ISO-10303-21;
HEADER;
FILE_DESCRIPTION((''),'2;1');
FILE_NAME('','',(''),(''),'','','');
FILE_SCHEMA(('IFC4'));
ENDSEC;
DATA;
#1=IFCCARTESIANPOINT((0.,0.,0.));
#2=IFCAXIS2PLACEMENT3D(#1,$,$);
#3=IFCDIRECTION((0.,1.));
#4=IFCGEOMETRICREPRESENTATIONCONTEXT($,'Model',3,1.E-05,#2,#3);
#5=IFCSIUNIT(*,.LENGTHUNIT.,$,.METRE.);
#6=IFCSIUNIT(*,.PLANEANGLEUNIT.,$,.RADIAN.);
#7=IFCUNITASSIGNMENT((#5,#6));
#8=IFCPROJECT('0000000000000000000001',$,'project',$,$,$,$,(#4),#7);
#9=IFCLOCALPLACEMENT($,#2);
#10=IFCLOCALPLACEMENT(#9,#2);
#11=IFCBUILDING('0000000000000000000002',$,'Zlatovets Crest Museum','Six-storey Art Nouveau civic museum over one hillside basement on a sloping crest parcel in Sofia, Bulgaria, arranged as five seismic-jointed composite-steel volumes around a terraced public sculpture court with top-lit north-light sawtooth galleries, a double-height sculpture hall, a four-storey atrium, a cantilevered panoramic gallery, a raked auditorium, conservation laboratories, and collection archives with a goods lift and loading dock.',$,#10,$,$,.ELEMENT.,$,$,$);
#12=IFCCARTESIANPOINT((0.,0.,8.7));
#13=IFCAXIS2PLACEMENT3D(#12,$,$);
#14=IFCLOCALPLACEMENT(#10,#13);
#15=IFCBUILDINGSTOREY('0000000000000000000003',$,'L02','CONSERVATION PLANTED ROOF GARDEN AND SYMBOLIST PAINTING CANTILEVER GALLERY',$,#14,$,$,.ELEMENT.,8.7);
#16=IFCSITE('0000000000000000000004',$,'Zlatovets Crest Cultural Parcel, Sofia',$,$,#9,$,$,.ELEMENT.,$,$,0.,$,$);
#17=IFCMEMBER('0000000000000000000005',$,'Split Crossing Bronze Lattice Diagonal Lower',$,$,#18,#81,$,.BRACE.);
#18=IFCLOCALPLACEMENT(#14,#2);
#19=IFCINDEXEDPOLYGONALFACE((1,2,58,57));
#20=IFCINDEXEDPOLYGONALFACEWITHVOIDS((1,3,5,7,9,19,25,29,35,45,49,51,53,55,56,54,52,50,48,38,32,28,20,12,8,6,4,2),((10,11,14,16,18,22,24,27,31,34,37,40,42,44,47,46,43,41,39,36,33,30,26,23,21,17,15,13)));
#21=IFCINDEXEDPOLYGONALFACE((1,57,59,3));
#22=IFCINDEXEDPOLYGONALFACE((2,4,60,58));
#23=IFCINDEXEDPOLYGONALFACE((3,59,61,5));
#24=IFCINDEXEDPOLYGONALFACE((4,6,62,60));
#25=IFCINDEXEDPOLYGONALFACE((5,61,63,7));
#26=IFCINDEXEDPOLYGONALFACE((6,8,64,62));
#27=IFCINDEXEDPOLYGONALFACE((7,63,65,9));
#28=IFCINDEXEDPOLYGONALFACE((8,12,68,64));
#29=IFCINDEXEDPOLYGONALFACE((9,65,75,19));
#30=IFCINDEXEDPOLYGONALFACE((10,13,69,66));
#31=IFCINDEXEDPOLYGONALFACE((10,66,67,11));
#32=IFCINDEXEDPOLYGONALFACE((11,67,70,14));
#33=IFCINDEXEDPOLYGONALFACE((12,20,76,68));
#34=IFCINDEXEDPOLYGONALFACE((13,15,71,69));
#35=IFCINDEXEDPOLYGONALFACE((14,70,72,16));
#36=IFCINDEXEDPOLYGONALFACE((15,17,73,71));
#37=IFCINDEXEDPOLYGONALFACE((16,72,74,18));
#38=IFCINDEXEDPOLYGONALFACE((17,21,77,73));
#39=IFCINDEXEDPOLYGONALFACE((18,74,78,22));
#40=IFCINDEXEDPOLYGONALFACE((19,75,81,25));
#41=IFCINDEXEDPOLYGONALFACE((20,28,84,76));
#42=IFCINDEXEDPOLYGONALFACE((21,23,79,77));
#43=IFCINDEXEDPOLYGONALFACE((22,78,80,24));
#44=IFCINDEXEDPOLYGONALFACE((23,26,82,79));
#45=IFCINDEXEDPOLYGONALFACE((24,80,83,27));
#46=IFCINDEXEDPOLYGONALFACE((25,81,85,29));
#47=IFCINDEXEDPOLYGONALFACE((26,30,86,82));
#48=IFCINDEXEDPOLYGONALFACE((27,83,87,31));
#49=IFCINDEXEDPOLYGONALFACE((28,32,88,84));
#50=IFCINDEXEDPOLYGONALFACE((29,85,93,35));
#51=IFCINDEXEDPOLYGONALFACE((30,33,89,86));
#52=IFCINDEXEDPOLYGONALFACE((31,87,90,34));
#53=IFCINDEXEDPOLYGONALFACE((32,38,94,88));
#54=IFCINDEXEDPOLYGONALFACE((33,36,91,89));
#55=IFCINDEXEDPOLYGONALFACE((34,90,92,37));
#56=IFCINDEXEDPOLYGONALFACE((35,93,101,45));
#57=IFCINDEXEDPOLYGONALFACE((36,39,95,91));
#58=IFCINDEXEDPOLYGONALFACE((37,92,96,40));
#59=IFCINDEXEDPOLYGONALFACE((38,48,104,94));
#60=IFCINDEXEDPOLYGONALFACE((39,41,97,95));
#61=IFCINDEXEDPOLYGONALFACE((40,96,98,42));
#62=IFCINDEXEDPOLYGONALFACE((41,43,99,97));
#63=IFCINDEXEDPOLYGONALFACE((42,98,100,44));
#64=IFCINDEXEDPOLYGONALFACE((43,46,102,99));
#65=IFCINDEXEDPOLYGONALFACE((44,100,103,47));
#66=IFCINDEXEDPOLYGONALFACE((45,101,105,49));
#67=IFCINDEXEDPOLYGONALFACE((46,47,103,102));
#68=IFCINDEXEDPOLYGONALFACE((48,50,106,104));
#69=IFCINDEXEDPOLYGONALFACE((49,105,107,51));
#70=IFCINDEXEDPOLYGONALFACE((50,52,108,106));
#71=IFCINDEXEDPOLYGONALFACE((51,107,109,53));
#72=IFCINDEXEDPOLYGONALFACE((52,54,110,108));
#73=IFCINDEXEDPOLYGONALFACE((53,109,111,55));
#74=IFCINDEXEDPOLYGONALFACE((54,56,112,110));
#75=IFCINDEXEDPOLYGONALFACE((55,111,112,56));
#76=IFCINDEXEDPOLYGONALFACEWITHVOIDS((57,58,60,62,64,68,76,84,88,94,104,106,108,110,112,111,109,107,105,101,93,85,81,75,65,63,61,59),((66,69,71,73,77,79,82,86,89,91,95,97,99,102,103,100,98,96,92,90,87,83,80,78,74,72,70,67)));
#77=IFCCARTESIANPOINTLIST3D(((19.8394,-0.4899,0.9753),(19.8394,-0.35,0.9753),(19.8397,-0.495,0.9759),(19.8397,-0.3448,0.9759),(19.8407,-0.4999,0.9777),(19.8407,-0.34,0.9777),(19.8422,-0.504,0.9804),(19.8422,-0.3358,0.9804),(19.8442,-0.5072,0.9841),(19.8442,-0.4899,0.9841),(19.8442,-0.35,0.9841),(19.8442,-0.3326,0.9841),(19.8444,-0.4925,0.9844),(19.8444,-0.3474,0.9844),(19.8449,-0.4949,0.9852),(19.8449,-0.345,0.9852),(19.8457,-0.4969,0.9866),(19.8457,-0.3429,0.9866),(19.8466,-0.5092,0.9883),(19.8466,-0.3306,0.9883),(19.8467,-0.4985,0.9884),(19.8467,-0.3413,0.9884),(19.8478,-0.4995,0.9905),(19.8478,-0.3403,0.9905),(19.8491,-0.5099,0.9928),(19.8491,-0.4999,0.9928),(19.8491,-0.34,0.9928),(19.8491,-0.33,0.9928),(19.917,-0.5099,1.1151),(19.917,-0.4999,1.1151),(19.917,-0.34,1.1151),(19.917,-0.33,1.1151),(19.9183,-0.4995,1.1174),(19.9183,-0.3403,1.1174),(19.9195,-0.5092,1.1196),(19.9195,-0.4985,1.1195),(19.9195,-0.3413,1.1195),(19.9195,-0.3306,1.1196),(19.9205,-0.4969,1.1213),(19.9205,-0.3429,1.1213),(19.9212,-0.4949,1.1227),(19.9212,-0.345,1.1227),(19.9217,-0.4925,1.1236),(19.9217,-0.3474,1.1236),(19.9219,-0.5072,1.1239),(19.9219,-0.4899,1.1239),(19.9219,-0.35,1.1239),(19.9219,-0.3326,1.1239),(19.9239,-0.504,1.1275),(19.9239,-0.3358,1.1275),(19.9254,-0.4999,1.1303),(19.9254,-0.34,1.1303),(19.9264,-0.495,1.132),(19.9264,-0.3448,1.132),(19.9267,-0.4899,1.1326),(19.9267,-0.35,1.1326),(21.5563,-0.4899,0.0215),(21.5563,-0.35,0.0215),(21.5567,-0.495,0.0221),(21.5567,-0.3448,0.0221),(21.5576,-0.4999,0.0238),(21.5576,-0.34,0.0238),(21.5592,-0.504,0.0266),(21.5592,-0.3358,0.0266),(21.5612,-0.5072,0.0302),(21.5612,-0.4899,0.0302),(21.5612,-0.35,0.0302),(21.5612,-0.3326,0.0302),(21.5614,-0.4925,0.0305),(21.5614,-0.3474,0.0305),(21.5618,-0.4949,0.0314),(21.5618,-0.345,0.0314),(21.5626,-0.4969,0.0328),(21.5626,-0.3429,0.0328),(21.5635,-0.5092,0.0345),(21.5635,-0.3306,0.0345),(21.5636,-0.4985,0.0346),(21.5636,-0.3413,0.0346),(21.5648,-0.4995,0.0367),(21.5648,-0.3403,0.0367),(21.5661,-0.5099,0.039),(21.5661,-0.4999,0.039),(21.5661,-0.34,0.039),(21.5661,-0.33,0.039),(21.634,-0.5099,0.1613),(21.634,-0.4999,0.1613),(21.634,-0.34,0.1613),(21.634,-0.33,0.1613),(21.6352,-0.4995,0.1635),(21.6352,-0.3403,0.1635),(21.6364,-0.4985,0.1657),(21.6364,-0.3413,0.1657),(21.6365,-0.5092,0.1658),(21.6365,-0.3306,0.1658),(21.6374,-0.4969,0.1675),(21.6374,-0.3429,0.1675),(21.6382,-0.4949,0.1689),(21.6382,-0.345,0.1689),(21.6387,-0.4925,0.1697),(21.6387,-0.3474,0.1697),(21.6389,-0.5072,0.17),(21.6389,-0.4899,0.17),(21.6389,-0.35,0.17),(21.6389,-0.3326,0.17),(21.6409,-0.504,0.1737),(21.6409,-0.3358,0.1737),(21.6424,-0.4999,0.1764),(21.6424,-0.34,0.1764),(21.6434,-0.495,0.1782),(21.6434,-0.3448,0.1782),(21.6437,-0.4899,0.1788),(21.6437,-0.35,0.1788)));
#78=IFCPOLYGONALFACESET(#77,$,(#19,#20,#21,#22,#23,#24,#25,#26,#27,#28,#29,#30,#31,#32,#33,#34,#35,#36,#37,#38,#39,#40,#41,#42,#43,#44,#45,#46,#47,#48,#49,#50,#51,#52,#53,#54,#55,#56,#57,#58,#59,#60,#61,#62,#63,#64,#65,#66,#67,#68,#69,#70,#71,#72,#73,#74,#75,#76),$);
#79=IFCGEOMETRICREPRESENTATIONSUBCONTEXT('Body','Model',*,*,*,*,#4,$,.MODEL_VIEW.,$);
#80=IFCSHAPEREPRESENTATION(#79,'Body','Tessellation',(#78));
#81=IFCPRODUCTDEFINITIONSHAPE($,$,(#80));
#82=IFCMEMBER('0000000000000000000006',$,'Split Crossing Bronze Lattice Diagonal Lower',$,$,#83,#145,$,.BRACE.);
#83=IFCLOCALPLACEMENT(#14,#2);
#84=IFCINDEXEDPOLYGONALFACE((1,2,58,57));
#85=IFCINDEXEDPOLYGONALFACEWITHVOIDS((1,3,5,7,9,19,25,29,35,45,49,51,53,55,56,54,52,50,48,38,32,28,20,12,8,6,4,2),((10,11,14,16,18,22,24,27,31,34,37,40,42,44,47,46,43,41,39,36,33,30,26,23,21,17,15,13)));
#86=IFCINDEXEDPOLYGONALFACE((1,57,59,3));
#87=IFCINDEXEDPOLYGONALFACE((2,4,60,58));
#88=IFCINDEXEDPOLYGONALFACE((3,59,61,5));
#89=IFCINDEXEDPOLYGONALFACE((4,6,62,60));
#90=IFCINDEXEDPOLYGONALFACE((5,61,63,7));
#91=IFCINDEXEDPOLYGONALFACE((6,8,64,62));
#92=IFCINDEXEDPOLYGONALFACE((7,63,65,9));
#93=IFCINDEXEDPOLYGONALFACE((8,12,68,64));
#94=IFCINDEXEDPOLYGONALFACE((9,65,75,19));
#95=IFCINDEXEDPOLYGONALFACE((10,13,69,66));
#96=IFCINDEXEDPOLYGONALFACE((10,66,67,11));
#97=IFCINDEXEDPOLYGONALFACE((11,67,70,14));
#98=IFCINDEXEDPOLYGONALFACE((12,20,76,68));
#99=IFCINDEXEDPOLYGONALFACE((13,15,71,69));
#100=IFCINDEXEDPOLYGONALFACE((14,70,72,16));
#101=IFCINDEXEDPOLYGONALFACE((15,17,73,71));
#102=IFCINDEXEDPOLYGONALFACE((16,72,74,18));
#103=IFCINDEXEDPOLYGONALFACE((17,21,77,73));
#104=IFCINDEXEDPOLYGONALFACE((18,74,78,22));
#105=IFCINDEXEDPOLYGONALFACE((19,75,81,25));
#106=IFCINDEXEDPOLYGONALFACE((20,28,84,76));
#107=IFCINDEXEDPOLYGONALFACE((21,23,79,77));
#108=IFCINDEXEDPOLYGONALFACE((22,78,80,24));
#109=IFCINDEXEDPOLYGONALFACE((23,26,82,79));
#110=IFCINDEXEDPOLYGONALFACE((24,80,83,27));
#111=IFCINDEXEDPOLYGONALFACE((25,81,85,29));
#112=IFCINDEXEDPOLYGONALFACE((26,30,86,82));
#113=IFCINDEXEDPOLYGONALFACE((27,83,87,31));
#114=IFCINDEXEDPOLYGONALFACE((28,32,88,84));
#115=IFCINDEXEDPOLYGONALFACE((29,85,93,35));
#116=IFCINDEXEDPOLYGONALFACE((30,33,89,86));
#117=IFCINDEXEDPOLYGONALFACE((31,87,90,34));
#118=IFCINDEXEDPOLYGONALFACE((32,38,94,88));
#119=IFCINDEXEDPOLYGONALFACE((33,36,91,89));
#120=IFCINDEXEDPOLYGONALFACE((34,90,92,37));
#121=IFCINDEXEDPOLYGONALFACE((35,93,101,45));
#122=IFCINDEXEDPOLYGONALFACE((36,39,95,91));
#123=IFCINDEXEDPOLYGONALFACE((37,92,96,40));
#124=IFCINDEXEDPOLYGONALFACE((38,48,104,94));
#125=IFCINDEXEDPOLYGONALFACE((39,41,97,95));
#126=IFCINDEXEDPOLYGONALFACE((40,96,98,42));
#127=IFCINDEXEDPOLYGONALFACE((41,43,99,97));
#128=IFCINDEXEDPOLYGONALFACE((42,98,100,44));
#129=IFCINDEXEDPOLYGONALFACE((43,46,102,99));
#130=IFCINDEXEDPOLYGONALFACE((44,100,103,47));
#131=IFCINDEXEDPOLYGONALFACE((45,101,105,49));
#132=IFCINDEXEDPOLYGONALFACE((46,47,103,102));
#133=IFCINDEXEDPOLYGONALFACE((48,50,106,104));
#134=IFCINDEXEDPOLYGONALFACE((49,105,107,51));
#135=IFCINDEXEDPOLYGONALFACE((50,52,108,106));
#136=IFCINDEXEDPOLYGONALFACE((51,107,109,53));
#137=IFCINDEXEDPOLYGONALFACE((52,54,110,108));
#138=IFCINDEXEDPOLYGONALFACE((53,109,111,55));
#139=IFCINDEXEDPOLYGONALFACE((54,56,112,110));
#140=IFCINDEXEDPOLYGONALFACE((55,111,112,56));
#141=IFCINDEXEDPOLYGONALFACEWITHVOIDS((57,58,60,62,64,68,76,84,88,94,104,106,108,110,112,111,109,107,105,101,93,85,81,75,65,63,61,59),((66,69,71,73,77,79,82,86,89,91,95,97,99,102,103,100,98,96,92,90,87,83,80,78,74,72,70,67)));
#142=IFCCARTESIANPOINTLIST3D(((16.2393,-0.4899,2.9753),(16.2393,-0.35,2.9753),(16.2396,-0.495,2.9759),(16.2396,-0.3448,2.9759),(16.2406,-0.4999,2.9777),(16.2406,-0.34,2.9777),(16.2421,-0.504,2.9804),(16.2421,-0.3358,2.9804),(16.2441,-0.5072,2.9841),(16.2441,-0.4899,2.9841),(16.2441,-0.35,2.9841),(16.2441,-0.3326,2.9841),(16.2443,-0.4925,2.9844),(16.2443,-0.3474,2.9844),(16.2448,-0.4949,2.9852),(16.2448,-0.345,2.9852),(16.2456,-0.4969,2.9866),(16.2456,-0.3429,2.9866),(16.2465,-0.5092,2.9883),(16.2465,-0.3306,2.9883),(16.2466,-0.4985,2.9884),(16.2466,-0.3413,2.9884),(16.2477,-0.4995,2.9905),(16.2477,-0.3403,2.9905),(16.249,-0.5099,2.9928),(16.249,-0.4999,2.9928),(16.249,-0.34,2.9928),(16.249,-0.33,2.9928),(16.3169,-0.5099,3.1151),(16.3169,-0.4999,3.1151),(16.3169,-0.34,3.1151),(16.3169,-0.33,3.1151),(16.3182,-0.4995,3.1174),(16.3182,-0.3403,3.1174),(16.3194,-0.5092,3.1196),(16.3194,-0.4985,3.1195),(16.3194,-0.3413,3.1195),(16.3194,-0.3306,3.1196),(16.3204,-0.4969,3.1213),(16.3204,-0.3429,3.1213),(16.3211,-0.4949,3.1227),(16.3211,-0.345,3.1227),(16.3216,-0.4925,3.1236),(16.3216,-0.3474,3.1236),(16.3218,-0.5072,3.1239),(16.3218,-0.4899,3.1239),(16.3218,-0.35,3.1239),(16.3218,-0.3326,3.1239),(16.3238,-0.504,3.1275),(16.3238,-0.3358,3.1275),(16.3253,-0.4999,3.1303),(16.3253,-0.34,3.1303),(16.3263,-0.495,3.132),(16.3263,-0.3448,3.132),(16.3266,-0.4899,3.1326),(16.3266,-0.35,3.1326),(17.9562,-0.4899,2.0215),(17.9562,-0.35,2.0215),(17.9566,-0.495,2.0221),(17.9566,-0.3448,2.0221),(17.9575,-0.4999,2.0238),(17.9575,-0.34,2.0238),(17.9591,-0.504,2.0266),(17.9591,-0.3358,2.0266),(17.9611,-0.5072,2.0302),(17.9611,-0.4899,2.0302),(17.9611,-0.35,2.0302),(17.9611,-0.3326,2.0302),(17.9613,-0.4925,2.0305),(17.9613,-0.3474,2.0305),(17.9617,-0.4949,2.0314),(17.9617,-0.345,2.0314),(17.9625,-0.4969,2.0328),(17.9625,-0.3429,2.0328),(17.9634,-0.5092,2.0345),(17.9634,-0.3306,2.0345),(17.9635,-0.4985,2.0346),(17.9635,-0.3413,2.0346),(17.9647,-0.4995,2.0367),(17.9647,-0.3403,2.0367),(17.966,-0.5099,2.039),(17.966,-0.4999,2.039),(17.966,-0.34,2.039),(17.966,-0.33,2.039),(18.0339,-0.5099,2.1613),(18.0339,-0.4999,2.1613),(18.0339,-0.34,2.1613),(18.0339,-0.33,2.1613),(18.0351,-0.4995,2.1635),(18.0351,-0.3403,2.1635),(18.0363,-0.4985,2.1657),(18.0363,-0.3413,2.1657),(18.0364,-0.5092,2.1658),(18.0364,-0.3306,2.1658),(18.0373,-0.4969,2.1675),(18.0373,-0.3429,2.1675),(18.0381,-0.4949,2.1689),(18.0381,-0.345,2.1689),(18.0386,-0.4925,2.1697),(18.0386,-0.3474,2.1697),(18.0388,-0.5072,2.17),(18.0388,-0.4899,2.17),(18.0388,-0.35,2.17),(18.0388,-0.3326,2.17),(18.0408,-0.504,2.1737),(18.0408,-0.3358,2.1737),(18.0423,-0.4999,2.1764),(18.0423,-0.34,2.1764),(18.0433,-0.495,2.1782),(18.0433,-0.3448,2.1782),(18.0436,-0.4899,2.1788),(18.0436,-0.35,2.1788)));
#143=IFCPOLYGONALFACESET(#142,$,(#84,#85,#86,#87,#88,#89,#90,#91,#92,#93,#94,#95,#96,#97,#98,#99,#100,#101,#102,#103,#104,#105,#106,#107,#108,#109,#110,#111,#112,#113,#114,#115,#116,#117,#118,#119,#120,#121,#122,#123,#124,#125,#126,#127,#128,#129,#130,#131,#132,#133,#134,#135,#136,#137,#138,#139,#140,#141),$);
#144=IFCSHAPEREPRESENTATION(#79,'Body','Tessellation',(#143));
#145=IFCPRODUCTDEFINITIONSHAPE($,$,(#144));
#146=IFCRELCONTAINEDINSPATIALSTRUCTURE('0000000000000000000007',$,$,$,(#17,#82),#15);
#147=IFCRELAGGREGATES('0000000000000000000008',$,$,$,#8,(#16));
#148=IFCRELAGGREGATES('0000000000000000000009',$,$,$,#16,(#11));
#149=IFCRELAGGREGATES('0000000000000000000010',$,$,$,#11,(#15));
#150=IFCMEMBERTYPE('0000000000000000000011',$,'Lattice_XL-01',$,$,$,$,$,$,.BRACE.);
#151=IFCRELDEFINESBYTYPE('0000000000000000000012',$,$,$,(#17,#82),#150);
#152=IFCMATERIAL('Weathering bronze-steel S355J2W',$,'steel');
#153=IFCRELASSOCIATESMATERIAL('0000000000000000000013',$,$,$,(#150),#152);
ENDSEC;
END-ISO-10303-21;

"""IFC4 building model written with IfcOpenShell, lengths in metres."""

from ifc_helpers import new_model, si_unit, direction, frame, origin, origin_2d, place, context, subcontext, project, spatial, hollow_rectangle, extrude, material, material_profile, profile_set, type_object, element, save


model = new_model("IFC4")

# Units and contexts
model_context = context("Model", 3, precision=1e-05, world=origin(), true_north=direction((0.0, 1.0)))
body_context = subcontext(model_context, "Body", "Model", "MODEL_VIEW")
ifc_project = project(units=[si_unit("LENGTHUNIT", "METRE"), si_unit("PLANEANGLEUNIT", "RADIAN")], contexts=[model_context])

# Site, building, storey
site_placement = place(None, origin())
site = spatial("IfcSite", under=ifc_project, at=site_placement, Name="Zlatovets Crest Cultural Parcel, Sofia", CompositionType="ELEMENT", RefElevation=0.0)
building_placement = place(site_placement, origin())
building = spatial("IfcBuilding", under=site, at=building_placement, Name="Zlatovets Crest Museum", Description="Six-storey Art Nouveau civic museum over one hillside basement on a sloping crest parcel in Sofia, Bulgaria, arranged as five seismic-jointed composite-steel volumes around a terraced public sculpture court with top-lit north-light sawtooth galleries, a double-height sculpture hall, a four-storey atrium, a cantilevered panoramic gallery, a raked auditorium, conservation laboratories, and collection archives with a goods lift and loading dock.", CompositionType="ELEMENT")
storey_placement = place(building_placement, frame((0.0, 0.0, 8.7)))
storey = spatial("IfcBuildingStorey", under=building, at=storey_placement, Name="L02", Description="CONSERVATION PLANTED ROOF GARDEN AND SYMBOLIST PAINTING CANTILEVER GALLERY", CompositionType="ELEMENT", Elevation=8.7)

# Members
ifc_material_1 = material(Name="Weathering bronze-steel S355J2W", Category="steel")
ifc_material_profile_1 = material_profile(ifc_material_1, hollow_rectangle(XDim=0.1799, YDim=0.1799, WallThickness=0.01, InnerFilletRadius=0.01, OuterFilletRadius=0.02, at=origin_2d()), Name="SHS 180x180x10.0")
ifc_profile_set_1 = profile_set([ifc_material_profile_1], Name="Weathering bronze-steel S355J2W")
member_type_1 = type_object("IfcMemberType", Name="Lattice_XL-01", PredefinedType="BRACE", material=ifc_profile_set_1)
for number, where, z_axis, x_axis, name in (
    (1, (19.8831, -0.4199, 1.054), (0.874169, 0.0, -0.485622), (0.0, 1.0, 0.0), "Split Crossing Bronze Lattice Diagonal Lower"),
    (2, (16.283, -0.4199, 3.054), (0.874169, 0.0, -0.485622), (0.0, 1.0, 0.0), "Split Crossing Bronze Lattice Diagonal Lower"),
):
    element("IfcMember", number, at=place(storey_placement, frame(where, z_axis=z_axis, x_axis=x_axis)), inside=storey, type_object=member_type_1, Name=name, PredefinedType="BRACE", context=body_context, shape_type="SweptSolid", body=[
        extrude(hollow_rectangle(XDim=0.1799, YDim=0.1799, WallThickness=0.01, InnerFilletRadius=0.01, OuterFilletRadius=0.02, at=origin_2d()), origin(), (0.0, 0.0, 1.0), 1.9641),
    ])

save(model, "model.ifc")
